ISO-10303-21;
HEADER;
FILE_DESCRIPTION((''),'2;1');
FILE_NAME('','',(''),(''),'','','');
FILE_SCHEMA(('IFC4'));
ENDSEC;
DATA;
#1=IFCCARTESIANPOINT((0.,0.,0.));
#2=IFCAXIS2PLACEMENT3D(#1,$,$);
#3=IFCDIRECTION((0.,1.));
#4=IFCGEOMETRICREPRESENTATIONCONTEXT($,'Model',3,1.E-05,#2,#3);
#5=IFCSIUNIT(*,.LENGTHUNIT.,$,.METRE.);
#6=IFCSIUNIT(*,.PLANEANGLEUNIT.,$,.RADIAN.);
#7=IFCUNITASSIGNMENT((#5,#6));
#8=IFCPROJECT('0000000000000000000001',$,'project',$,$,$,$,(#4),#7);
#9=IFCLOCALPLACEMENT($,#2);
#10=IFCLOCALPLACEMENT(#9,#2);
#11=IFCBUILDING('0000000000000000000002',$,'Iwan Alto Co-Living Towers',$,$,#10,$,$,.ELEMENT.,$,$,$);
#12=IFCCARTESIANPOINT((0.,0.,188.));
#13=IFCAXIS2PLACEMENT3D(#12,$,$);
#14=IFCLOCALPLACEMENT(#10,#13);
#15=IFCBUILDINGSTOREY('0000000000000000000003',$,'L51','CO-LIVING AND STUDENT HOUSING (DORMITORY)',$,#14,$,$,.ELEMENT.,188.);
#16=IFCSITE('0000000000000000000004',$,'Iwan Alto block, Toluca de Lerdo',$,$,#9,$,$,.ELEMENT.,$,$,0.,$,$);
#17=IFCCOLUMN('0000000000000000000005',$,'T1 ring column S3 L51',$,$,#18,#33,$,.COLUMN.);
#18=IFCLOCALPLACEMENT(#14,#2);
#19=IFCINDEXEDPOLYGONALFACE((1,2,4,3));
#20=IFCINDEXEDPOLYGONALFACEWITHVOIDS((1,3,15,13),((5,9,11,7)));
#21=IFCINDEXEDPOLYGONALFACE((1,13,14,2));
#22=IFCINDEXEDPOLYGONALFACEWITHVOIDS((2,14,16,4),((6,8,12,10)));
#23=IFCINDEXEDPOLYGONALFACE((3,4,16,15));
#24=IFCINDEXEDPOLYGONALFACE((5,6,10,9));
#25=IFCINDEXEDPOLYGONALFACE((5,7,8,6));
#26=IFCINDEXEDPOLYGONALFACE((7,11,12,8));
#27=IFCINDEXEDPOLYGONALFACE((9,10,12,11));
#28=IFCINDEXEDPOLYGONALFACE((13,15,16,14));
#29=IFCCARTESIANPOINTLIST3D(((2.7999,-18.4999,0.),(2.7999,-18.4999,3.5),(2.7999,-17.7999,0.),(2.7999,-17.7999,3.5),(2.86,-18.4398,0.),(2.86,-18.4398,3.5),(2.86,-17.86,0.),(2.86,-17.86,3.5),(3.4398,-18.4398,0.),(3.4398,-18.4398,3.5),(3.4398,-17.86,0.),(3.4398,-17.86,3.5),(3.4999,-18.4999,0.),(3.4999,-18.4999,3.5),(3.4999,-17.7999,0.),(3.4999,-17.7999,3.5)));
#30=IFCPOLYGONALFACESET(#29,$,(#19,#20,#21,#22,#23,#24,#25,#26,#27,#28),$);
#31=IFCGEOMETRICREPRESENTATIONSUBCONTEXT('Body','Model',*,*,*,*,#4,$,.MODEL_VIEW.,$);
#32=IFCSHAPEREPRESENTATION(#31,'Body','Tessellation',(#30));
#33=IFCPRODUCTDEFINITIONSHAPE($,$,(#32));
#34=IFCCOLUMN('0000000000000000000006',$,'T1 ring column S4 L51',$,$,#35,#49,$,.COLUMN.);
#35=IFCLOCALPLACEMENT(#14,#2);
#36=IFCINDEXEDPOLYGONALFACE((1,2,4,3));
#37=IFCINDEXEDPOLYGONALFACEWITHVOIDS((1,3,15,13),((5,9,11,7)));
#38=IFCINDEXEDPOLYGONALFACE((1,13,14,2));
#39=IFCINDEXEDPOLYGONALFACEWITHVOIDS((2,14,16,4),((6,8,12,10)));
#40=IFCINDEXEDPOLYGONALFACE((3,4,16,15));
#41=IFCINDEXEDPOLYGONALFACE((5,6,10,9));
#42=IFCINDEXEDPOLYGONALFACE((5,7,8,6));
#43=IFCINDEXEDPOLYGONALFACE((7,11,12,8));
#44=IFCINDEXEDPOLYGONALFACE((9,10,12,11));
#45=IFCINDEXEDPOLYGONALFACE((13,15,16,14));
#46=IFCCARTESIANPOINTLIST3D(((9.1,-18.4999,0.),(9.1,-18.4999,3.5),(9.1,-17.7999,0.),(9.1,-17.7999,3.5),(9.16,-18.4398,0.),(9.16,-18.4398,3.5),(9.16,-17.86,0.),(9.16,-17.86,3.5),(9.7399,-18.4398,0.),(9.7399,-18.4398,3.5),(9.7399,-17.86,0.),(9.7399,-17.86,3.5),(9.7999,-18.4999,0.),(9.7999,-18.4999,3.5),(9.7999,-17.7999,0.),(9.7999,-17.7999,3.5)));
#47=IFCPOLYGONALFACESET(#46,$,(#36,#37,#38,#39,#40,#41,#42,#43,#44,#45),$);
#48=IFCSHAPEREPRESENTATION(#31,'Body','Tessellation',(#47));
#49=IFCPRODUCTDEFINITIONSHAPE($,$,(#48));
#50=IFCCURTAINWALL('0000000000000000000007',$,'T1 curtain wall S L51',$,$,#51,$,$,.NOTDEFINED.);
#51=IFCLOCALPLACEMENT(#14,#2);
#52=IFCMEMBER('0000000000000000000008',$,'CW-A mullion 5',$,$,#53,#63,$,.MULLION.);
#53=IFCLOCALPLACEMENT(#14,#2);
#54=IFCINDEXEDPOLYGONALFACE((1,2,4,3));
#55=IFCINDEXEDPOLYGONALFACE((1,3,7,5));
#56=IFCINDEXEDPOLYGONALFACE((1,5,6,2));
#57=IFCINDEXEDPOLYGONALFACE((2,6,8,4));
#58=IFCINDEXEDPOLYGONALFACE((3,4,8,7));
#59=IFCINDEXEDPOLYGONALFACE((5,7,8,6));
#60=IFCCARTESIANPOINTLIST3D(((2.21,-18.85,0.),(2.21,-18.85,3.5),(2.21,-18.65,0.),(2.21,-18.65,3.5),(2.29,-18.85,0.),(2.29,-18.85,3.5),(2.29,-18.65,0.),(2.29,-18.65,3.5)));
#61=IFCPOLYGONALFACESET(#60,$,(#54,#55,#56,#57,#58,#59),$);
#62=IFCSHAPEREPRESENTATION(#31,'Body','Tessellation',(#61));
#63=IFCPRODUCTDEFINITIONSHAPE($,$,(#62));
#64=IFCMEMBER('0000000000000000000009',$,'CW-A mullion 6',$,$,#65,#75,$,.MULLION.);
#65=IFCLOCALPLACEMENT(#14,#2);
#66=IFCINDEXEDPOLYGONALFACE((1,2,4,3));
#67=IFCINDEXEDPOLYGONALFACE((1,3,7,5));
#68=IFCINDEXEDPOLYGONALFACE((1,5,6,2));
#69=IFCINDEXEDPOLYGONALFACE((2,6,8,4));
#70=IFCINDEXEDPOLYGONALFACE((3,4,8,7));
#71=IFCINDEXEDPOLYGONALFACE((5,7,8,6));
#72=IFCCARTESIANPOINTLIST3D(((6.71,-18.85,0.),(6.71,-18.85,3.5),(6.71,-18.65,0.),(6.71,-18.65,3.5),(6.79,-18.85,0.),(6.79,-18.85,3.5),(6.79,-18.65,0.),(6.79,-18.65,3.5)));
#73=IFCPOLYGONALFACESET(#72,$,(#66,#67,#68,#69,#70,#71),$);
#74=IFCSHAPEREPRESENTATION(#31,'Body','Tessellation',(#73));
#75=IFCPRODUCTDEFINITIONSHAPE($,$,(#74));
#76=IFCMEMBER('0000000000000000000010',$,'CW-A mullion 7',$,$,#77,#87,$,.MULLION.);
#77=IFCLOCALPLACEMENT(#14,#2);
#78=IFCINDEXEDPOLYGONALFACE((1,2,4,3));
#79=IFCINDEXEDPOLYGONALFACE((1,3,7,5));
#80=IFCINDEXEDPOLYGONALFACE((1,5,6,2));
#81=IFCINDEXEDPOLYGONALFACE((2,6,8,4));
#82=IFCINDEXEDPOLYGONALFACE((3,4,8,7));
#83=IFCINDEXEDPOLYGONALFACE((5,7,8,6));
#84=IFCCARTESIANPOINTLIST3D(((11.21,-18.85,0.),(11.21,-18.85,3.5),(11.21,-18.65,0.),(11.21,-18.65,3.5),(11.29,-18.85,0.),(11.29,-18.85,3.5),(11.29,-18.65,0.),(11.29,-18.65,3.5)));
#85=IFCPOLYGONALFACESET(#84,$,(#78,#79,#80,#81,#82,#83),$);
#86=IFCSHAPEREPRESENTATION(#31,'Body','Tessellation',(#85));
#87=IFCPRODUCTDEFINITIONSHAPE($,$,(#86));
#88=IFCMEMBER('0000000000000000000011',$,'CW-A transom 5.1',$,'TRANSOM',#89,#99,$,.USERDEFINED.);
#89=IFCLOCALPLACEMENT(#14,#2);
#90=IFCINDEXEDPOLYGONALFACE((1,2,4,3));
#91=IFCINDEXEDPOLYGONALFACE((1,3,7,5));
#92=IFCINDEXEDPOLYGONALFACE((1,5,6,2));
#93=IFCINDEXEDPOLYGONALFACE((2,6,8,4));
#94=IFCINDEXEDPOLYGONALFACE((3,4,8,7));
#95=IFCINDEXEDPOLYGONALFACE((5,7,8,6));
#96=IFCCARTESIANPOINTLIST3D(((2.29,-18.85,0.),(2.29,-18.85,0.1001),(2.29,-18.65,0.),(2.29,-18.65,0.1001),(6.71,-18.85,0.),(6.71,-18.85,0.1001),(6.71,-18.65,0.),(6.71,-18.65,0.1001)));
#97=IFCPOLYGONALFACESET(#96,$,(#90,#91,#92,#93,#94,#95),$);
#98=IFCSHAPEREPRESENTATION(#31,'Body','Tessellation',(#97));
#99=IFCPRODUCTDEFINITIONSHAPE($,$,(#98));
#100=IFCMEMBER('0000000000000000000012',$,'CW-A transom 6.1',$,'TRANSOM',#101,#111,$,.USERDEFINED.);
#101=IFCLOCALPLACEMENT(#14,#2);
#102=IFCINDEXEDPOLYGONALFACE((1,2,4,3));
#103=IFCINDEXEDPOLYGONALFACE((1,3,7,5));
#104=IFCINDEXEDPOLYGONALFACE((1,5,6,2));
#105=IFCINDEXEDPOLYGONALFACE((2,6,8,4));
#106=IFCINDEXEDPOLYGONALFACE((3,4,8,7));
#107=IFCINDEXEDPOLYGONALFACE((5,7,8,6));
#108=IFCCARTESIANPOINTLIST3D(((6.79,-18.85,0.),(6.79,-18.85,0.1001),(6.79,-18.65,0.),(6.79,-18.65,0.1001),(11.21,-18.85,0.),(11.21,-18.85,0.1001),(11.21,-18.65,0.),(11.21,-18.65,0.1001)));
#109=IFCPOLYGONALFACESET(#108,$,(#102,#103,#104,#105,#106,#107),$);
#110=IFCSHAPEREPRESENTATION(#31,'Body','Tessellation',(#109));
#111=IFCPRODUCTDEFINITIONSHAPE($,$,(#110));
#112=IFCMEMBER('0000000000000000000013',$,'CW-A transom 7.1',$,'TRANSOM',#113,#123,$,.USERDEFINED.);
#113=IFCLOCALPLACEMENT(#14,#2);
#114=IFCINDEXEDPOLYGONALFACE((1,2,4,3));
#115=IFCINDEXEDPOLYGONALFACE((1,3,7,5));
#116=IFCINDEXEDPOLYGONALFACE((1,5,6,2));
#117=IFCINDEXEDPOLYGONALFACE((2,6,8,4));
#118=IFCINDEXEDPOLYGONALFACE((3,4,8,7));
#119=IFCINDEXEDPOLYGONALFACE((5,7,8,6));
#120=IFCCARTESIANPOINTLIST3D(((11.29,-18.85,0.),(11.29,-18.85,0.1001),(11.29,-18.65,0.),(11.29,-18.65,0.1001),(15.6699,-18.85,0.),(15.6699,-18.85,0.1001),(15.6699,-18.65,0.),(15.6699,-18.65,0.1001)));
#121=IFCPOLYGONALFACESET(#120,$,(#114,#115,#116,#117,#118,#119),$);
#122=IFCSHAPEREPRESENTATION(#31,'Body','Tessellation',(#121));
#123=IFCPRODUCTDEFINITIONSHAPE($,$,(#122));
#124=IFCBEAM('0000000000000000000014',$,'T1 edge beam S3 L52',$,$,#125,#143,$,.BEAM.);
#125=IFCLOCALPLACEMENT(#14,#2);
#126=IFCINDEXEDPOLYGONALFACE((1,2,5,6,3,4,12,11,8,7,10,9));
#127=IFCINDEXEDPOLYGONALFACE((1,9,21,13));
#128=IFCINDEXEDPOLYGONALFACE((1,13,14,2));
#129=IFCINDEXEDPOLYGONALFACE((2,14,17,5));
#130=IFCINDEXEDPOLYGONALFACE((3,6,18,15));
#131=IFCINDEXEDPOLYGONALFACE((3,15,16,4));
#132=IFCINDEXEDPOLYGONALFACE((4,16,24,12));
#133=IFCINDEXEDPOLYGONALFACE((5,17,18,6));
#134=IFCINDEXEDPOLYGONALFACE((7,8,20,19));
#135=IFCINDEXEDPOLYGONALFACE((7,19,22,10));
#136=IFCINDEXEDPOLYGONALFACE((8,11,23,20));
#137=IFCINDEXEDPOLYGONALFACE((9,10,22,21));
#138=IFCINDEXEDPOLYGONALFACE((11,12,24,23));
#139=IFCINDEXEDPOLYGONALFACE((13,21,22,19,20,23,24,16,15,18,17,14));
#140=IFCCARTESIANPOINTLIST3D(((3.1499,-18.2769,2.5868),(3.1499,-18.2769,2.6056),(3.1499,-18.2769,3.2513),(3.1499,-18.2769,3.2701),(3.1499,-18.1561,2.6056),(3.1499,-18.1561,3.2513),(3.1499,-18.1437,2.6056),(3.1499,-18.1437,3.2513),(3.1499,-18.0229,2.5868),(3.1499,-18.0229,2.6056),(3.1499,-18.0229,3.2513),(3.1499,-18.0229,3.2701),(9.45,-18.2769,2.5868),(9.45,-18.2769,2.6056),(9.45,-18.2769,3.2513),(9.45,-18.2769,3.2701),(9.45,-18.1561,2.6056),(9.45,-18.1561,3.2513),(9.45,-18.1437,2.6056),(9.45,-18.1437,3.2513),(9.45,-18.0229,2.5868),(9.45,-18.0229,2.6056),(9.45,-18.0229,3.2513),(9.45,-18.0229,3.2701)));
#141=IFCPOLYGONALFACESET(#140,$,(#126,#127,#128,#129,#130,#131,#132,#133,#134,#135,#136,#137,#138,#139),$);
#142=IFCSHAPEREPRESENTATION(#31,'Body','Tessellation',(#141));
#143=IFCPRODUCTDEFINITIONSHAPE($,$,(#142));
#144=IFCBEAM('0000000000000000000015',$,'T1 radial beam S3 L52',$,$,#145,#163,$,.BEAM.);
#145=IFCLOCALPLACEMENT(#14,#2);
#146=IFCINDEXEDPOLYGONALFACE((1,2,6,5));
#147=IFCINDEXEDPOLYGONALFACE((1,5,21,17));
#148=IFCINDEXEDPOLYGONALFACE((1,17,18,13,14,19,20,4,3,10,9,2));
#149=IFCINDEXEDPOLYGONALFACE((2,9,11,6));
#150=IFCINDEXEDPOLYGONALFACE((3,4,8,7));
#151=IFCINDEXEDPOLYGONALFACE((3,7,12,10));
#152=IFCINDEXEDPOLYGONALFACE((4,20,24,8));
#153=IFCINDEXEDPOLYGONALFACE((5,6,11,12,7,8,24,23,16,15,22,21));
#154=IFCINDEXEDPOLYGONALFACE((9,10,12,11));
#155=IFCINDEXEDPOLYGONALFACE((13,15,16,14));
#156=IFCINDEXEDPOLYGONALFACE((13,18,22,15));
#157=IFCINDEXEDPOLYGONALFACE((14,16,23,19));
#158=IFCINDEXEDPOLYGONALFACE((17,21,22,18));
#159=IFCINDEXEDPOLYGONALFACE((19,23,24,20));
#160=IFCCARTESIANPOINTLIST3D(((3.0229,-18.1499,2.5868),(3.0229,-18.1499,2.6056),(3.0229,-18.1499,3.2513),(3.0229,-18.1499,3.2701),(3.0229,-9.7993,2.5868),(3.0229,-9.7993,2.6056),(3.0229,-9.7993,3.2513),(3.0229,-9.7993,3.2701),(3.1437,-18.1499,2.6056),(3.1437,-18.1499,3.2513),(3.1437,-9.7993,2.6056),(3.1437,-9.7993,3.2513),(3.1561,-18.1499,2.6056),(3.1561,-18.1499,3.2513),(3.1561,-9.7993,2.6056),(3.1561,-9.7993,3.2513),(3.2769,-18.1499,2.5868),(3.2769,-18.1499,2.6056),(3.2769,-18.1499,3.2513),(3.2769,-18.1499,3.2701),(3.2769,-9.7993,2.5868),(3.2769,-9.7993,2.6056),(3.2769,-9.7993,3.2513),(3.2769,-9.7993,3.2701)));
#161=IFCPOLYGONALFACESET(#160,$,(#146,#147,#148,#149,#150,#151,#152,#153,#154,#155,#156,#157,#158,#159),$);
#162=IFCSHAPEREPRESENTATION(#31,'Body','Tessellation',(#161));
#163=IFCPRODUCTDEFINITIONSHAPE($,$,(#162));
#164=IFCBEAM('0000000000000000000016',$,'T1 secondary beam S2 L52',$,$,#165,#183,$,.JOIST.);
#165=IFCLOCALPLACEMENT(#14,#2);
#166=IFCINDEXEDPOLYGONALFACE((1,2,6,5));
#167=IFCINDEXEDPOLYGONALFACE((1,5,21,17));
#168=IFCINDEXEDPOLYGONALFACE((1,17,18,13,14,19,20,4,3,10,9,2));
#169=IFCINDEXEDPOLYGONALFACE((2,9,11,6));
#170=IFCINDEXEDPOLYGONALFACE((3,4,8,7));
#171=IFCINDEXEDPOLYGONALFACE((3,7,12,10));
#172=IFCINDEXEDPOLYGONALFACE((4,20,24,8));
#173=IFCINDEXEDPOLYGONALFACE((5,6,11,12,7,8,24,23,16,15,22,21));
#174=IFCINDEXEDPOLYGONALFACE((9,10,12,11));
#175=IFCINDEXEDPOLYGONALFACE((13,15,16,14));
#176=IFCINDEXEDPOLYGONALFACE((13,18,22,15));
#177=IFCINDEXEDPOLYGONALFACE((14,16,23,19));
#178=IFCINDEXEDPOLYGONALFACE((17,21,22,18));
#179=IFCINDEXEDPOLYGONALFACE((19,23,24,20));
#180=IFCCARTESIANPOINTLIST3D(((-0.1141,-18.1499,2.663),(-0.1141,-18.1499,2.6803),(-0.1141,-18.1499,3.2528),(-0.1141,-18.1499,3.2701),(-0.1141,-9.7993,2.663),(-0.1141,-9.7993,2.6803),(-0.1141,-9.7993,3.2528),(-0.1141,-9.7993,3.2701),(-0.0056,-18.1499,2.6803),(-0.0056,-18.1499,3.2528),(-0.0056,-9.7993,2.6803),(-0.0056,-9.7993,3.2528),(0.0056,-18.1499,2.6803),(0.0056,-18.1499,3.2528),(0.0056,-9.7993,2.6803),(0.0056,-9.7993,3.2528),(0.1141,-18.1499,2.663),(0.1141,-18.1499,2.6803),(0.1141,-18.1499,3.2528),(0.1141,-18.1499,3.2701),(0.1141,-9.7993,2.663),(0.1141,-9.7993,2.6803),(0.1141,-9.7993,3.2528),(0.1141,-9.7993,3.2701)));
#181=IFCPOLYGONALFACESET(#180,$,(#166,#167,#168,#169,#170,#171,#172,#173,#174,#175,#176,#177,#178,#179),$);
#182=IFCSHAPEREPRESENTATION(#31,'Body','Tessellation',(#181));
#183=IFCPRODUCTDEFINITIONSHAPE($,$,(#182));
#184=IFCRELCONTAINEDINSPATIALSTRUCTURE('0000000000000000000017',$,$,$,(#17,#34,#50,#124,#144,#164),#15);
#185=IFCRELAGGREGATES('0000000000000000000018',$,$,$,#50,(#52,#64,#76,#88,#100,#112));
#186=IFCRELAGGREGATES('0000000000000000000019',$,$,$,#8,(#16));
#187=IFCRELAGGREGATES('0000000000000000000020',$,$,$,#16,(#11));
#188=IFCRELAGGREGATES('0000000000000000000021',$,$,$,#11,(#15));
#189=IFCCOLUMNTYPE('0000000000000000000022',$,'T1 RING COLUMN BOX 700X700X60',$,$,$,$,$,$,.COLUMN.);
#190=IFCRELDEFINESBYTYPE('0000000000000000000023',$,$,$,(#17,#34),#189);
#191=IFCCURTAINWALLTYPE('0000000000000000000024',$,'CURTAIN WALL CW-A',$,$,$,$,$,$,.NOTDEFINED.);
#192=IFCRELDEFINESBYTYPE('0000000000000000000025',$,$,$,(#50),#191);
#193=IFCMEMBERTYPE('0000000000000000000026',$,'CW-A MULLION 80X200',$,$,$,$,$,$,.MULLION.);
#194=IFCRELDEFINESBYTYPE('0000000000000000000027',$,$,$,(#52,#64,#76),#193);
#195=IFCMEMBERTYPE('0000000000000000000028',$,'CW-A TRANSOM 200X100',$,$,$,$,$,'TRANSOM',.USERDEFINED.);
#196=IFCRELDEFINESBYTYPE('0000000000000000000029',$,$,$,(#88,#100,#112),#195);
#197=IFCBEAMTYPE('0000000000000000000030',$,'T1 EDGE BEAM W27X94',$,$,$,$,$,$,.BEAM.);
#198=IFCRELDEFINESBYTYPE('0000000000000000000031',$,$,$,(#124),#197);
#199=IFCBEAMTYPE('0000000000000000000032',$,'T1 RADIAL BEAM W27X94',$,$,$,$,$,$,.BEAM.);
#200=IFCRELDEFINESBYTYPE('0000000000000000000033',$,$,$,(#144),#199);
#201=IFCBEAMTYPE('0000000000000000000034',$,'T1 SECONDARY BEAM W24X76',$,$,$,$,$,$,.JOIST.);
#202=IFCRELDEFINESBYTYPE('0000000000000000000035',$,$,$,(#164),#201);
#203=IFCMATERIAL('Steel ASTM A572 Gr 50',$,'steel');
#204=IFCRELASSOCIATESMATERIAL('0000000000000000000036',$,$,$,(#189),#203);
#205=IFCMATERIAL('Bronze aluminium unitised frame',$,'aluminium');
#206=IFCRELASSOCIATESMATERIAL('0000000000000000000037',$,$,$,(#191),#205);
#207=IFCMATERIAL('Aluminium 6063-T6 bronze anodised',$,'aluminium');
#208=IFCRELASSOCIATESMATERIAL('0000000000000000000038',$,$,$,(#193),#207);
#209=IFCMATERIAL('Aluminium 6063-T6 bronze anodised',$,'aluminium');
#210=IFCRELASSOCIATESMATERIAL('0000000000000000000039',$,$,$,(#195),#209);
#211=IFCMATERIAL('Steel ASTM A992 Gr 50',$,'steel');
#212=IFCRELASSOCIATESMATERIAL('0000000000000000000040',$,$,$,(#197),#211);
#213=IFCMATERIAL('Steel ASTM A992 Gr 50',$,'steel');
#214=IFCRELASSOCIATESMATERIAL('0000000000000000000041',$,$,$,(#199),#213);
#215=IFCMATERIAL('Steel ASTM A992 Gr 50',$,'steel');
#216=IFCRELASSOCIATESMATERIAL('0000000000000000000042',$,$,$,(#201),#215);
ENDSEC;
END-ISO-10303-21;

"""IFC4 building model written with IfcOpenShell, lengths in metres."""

from ifc_helpers import new_model, si_unit, direction, frame, origin, origin_2d, place, context, subcontext, project, spatial, rectangle, hollow_rectangle, i_section, extrude, material, material_profile, profile_set, type_object, element, aggregate, save


model = new_model("IFC4")

# Units and contexts
model_context = context("Model", 3, precision=1e-05, world=origin(), true_north=direction((0.0, 1.0)))
body_context = subcontext(model_context, "Body", "Model", "MODEL_VIEW")
ifc_project = project(units=[si_unit("LENGTHUNIT", "METRE"), si_unit("PLANEANGLEUNIT", "RADIAN")], contexts=[model_context])

# Site, building, storey
site_placement = place(None, origin())
site = spatial("IfcSite", under=ifc_project, at=site_placement, Name="Iwan Alto block, Toluca de Lerdo", CompositionType="ELEMENT", RefElevation=0.0)
building_placement = place(site_placement, origin())
building = spatial("IfcBuilding", under=site, at=building_placement, Name="Iwan Alto Co-Living Towers", CompositionType="ELEMENT")
storey_placement = place(building_placement, frame((0.0, 0.0, 188.0)))
storey = spatial("IfcBuildingStorey", under=building, at=storey_placement, Name="L51", Description="CO-LIVING AND STUDENT HOUSING (DORMITORY)", CompositionType="ELEMENT", Elevation=188.0)

# Columns
ifc_material_1 = material(Name="Steel ASTM A572 Gr 50", Category="steel")
ifc_material_profile_1 = material_profile(ifc_material_1, hollow_rectangle(XDim=0.7, YDim=0.7, WallThickness=0.0601, at=origin_2d()), Name="BOX 700X700X60")
ifc_profile_set_1 = profile_set([ifc_material_profile_1], Name="Steel ASTM A572 Gr 50")
column_type = type_object("IfcColumnType", Name="T1 RING COLUMN BOX 700X700X60", PredefinedType="COLUMN", material=ifc_profile_set_1)
for number, where, z_axis, x_axis, name in (
    (1, (3.1499, -18.1499, 0.0), (0.0, 0.0, 1.0), (1.0, 0.0, 0.0), "T1 ring column S3 L51"),
    (2, (9.45, -18.1499, 0.0), (0.0, 0.0, 1.0), (1.0, 0.0, 0.0), "T1 ring column S4 L51"),
):
    element("IfcColumn", number, at=place(storey_placement, frame(where, z_axis=z_axis, x_axis=x_axis)), inside=storey, type_object=column_type, Name=name, PredefinedType="COLUMN", context=body_context, shape_type="SweptSolid", body=[
        extrude(hollow_rectangle(XDim=0.7, YDim=0.7, WallThickness=0.0601, at=origin_2d()), origin(), (0.0, 0.0, 1.0), 3.5),
    ])

# Curtain wall, members
ifc_material_2 = material(Name="Bronze aluminium unitised frame", Category="aluminium")
curtain_wall_type = type_object("IfcCurtainWallType", Name="CURTAIN WALL CW-A", PredefinedType="NOTDEFINED", material=ifc_material_2)
curtain_wall_placement = place(storey_placement, origin())
curtain_wall = element("IfcCurtainWall", 3, at=curtain_wall_placement, inside=storey, type_object=curtain_wall_type, Name="T1 curtain wall S L51", PredefinedType="NOTDEFINED")
ifc_material_3 = material(Name="Aluminium 6063-T6 bronze anodised", Category="aluminium")
ifc_material_profile_2 = material_profile(ifc_material_3, rectangle(XDim=0.2, YDim=0.0801, at=origin_2d()), Name="AL 80X200")
ifc_profile_set_2 = profile_set([ifc_material_profile_2], Name="Aluminium 6063-T6 bronze anodised")
member_type_1 = type_object("IfcMemberType", Name="CW-A MULLION 80X200", PredefinedType="MULLION", material=ifc_profile_set_2)
member_1_placement = place(storey_placement, frame((2.25, -18.75, 0.0), z_axis=(0.0, 0.0, 1.0), x_axis=(0.0, 1.0, 0.0)))
member_1 = element("IfcMember", 4, at=member_1_placement, type_object=member_type_1, Name="CW-A mullion 5", PredefinedType="MULLION", context=body_context, shape_type="SweptSolid", body=[
    extrude(rectangle(XDim=0.2, YDim=0.0801, at=origin_2d()), origin(), (0.0, 0.0, 1.0), 3.5),
])
member_2_placement = place(storey_placement, frame((6.75, -18.75, 0.0), z_axis=(0.0, 0.0, 1.0), x_axis=(0.0, 1.0, 0.0)))
member_2 = element("IfcMember", 5, at=member_2_placement, type_object=member_type_1, Name="CW-A mullion 6", PredefinedType="MULLION", context=body_context, shape_type="SweptSolid", body=[
    extrude(rectangle(XDim=0.2, YDim=0.0801, at=origin_2d()), origin(), (0.0, 0.0, 1.0), 3.5),
])
member_3_placement = place(storey_placement, frame((11.25, -18.75, 0.0), z_axis=(0.0, 0.0, 1.0), x_axis=(0.0, 1.0, 0.0)))
member_3 = element("IfcMember", 6, at=member_3_placement, type_object=member_type_1, Name="CW-A mullion 7", PredefinedType="MULLION", context=body_context, shape_type="SweptSolid", body=[
    extrude(rectangle(XDim=0.2, YDim=0.0801, at=origin_2d()), origin(), (0.0, 0.0, 1.0), 3.5),
])
ifc_material_4 = material(Name="Aluminium 6063-T6 bronze anodised", Category="aluminium")
ifc_material_profile_3 = material_profile(ifc_material_4, rectangle(XDim=0.2, YDim=0.1001, at=origin_2d()), Name="AL 200X100")
ifc_profile_set_3 = profile_set([ifc_material_profile_3], Name="Aluminium 6063-T6 bronze anodised")
member_type_2 = type_object("IfcMemberType", Name="CW-A TRANSOM 200X100", ElementType="TRANSOM", PredefinedType="USERDEFINED", material=ifc_profile_set_3)
member_4_placement = place(storey_placement, frame((2.29, -18.75, 0.05), z_axis=(1.0, 0.0, 0.0), x_axis=(0.0, 1.0, 0.0)))
member_4 = element("IfcMember", 7, at=member_4_placement, type_object=member_type_2, Name="CW-A transom 5.1", ObjectType="TRANSOM", PredefinedType="USERDEFINED", context=body_context, shape_type="SweptSolid", body=[
    extrude(rectangle(XDim=0.2, YDim=0.1001, at=origin_2d()), origin(), (0.0, 0.0, 1.0), 4.4199),
])
member_5_placement = place(storey_placement, frame((6.79, -18.75, 0.05), z_axis=(1.0, 0.0, 0.0), x_axis=(0.0, 1.0, 0.0)))
member_5 = element("IfcMember", 8, at=member_5_placement, type_object=member_type_2, Name="CW-A transom 6.1", ObjectType="TRANSOM", PredefinedType="USERDEFINED", context=body_context, shape_type="SweptSolid", body=[
    extrude(rectangle(XDim=0.2, YDim=0.1001, at=origin_2d()), origin(), (0.0, 0.0, 1.0), 4.4199),
])
member_6_placement = place(storey_placement, frame((11.29, -18.75, 0.05), z_axis=(1.0, 0.0, 0.0), x_axis=(0.0, 1.0, 0.0)))
member_6 = element("IfcMember", 9, at=member_6_placement, type_object=member_type_2, Name="CW-A transom 7.1", ObjectType="TRANSOM", PredefinedType="USERDEFINED", context=body_context, shape_type="SweptSolid", body=[
    extrude(rectangle(XDim=0.2, YDim=0.1001, at=origin_2d()), origin(), (0.0, 0.0, 1.0), 4.3799),
])

# Beams
ifc_material_5 = material(Name="Steel ASTM A992 Gr 50", Category="steel")
ifc_material_profile_4 = material_profile(ifc_material_5, i_section(OverallWidth=0.2539, OverallDepth=0.6833, WebThickness=0.0125, FlangeThickness=0.0188, at=origin_2d()), Name="W27X94")
ifc_profile_set_4 = profile_set([ifc_material_profile_4], Name="Steel ASTM A992 Gr 50")
beam_type_1 = type_object("IfcBeamType", Name="T1 EDGE BEAM W27X94", PredefinedType="BEAM", material=ifc_profile_set_4)
beam_1_placement = place(storey_placement, frame((3.1499, -18.1499, 2.9285), z_axis=(1.0, 0.0, 0.0), x_axis=(0.0, 1.0, 0.0)))
element("IfcBeam", 10, at=beam_1_placement, inside=storey, type_object=beam_type_1, Name="T1 edge beam S3 L52", PredefinedType="BEAM", context=body_context, shape_type="SweptSolid", body=[
    extrude(i_section(OverallWidth=0.2539, OverallDepth=0.6833, WebThickness=0.0125, FlangeThickness=0.0188, at=origin_2d()), origin(), (0.0, 0.0, 1.0), 6.3),
])
ifc_material_6 = material(Name="Steel ASTM A992 Gr 50", Category="steel")
ifc_material_profile_5 = material_profile(ifc_material_6, i_section(OverallWidth=0.2539, OverallDepth=0.6833, WebThickness=0.0125, FlangeThickness=0.0188, at=origin_2d()), Name="W27X94")
ifc_profile_set_5 = profile_set([ifc_material_profile_5], Name="Steel ASTM A992 Gr 50")
beam_type_2 = type_object("IfcBeamType", Name="T1 RADIAL BEAM W27X94", PredefinedType="BEAM", material=ifc_profile_set_5)
beam_2_placement = place(storey_placement, frame((3.1499, -18.1499, 2.9285), z_axis=(0.0, 1.0, 0.0), x_axis=(-1.0, 0.0, 0.0)))
element("IfcBeam", 11, at=beam_2_placement, inside=storey, type_object=beam_type_2, Name="T1 radial beam S3 L52", PredefinedType="BEAM", context=body_context, shape_type="SweptSolid", body=[
    extrude(i_section(OverallWidth=0.2539, OverallDepth=0.6833, WebThickness=0.0125, FlangeThickness=0.0188, at=origin_2d()), origin(), (0.0, 0.0, 1.0), 8.3506),
])
ifc_material_7 = material(Name="Steel ASTM A992 Gr 50", Category="steel")
ifc_material_profile_6 = material_profile(ifc_material_7, i_section(OverallWidth=0.2283, OverallDepth=0.6072, WebThickness=0.0112, FlangeThickness=0.0173, at=origin_2d()), Name="W24X76")
ifc_profile_set_6 = profile_set([ifc_material_profile_6], Name="Steel ASTM A992 Gr 50")
beam_type_3 = type_object("IfcBeamType", Name="T1 SECONDARY BEAM W24X76", PredefinedType="JOIST", material=ifc_profile_set_6)
for number, where, z_axis, x_axis, name in (
    (12, (0.0, -18.1499, 2.9666), (0.0, 1.0, 0.0), (-1.0, 0.0, 0.0), "T1 secondary beam S2 L52"),
):
    element("IfcBeam", number, at=place(storey_placement, frame(where, z_axis=z_axis, x_axis=x_axis)), inside=storey, type_object=beam_type_3, Name=name, PredefinedType="JOIST", context=body_context, shape_type="SweptSolid", body=[
        extrude(i_section(OverallWidth=0.2283, OverallDepth=0.6072, WebThickness=0.0112, FlangeThickness=0.0173, at=origin_2d()), origin(), (0.0, 0.0, 1.0), 8.3506),
    ])

aggregate(curtain_wall, [member_1, member_2, member_3, member_4, member_5, member_6])

save(model, "model.ifc")
